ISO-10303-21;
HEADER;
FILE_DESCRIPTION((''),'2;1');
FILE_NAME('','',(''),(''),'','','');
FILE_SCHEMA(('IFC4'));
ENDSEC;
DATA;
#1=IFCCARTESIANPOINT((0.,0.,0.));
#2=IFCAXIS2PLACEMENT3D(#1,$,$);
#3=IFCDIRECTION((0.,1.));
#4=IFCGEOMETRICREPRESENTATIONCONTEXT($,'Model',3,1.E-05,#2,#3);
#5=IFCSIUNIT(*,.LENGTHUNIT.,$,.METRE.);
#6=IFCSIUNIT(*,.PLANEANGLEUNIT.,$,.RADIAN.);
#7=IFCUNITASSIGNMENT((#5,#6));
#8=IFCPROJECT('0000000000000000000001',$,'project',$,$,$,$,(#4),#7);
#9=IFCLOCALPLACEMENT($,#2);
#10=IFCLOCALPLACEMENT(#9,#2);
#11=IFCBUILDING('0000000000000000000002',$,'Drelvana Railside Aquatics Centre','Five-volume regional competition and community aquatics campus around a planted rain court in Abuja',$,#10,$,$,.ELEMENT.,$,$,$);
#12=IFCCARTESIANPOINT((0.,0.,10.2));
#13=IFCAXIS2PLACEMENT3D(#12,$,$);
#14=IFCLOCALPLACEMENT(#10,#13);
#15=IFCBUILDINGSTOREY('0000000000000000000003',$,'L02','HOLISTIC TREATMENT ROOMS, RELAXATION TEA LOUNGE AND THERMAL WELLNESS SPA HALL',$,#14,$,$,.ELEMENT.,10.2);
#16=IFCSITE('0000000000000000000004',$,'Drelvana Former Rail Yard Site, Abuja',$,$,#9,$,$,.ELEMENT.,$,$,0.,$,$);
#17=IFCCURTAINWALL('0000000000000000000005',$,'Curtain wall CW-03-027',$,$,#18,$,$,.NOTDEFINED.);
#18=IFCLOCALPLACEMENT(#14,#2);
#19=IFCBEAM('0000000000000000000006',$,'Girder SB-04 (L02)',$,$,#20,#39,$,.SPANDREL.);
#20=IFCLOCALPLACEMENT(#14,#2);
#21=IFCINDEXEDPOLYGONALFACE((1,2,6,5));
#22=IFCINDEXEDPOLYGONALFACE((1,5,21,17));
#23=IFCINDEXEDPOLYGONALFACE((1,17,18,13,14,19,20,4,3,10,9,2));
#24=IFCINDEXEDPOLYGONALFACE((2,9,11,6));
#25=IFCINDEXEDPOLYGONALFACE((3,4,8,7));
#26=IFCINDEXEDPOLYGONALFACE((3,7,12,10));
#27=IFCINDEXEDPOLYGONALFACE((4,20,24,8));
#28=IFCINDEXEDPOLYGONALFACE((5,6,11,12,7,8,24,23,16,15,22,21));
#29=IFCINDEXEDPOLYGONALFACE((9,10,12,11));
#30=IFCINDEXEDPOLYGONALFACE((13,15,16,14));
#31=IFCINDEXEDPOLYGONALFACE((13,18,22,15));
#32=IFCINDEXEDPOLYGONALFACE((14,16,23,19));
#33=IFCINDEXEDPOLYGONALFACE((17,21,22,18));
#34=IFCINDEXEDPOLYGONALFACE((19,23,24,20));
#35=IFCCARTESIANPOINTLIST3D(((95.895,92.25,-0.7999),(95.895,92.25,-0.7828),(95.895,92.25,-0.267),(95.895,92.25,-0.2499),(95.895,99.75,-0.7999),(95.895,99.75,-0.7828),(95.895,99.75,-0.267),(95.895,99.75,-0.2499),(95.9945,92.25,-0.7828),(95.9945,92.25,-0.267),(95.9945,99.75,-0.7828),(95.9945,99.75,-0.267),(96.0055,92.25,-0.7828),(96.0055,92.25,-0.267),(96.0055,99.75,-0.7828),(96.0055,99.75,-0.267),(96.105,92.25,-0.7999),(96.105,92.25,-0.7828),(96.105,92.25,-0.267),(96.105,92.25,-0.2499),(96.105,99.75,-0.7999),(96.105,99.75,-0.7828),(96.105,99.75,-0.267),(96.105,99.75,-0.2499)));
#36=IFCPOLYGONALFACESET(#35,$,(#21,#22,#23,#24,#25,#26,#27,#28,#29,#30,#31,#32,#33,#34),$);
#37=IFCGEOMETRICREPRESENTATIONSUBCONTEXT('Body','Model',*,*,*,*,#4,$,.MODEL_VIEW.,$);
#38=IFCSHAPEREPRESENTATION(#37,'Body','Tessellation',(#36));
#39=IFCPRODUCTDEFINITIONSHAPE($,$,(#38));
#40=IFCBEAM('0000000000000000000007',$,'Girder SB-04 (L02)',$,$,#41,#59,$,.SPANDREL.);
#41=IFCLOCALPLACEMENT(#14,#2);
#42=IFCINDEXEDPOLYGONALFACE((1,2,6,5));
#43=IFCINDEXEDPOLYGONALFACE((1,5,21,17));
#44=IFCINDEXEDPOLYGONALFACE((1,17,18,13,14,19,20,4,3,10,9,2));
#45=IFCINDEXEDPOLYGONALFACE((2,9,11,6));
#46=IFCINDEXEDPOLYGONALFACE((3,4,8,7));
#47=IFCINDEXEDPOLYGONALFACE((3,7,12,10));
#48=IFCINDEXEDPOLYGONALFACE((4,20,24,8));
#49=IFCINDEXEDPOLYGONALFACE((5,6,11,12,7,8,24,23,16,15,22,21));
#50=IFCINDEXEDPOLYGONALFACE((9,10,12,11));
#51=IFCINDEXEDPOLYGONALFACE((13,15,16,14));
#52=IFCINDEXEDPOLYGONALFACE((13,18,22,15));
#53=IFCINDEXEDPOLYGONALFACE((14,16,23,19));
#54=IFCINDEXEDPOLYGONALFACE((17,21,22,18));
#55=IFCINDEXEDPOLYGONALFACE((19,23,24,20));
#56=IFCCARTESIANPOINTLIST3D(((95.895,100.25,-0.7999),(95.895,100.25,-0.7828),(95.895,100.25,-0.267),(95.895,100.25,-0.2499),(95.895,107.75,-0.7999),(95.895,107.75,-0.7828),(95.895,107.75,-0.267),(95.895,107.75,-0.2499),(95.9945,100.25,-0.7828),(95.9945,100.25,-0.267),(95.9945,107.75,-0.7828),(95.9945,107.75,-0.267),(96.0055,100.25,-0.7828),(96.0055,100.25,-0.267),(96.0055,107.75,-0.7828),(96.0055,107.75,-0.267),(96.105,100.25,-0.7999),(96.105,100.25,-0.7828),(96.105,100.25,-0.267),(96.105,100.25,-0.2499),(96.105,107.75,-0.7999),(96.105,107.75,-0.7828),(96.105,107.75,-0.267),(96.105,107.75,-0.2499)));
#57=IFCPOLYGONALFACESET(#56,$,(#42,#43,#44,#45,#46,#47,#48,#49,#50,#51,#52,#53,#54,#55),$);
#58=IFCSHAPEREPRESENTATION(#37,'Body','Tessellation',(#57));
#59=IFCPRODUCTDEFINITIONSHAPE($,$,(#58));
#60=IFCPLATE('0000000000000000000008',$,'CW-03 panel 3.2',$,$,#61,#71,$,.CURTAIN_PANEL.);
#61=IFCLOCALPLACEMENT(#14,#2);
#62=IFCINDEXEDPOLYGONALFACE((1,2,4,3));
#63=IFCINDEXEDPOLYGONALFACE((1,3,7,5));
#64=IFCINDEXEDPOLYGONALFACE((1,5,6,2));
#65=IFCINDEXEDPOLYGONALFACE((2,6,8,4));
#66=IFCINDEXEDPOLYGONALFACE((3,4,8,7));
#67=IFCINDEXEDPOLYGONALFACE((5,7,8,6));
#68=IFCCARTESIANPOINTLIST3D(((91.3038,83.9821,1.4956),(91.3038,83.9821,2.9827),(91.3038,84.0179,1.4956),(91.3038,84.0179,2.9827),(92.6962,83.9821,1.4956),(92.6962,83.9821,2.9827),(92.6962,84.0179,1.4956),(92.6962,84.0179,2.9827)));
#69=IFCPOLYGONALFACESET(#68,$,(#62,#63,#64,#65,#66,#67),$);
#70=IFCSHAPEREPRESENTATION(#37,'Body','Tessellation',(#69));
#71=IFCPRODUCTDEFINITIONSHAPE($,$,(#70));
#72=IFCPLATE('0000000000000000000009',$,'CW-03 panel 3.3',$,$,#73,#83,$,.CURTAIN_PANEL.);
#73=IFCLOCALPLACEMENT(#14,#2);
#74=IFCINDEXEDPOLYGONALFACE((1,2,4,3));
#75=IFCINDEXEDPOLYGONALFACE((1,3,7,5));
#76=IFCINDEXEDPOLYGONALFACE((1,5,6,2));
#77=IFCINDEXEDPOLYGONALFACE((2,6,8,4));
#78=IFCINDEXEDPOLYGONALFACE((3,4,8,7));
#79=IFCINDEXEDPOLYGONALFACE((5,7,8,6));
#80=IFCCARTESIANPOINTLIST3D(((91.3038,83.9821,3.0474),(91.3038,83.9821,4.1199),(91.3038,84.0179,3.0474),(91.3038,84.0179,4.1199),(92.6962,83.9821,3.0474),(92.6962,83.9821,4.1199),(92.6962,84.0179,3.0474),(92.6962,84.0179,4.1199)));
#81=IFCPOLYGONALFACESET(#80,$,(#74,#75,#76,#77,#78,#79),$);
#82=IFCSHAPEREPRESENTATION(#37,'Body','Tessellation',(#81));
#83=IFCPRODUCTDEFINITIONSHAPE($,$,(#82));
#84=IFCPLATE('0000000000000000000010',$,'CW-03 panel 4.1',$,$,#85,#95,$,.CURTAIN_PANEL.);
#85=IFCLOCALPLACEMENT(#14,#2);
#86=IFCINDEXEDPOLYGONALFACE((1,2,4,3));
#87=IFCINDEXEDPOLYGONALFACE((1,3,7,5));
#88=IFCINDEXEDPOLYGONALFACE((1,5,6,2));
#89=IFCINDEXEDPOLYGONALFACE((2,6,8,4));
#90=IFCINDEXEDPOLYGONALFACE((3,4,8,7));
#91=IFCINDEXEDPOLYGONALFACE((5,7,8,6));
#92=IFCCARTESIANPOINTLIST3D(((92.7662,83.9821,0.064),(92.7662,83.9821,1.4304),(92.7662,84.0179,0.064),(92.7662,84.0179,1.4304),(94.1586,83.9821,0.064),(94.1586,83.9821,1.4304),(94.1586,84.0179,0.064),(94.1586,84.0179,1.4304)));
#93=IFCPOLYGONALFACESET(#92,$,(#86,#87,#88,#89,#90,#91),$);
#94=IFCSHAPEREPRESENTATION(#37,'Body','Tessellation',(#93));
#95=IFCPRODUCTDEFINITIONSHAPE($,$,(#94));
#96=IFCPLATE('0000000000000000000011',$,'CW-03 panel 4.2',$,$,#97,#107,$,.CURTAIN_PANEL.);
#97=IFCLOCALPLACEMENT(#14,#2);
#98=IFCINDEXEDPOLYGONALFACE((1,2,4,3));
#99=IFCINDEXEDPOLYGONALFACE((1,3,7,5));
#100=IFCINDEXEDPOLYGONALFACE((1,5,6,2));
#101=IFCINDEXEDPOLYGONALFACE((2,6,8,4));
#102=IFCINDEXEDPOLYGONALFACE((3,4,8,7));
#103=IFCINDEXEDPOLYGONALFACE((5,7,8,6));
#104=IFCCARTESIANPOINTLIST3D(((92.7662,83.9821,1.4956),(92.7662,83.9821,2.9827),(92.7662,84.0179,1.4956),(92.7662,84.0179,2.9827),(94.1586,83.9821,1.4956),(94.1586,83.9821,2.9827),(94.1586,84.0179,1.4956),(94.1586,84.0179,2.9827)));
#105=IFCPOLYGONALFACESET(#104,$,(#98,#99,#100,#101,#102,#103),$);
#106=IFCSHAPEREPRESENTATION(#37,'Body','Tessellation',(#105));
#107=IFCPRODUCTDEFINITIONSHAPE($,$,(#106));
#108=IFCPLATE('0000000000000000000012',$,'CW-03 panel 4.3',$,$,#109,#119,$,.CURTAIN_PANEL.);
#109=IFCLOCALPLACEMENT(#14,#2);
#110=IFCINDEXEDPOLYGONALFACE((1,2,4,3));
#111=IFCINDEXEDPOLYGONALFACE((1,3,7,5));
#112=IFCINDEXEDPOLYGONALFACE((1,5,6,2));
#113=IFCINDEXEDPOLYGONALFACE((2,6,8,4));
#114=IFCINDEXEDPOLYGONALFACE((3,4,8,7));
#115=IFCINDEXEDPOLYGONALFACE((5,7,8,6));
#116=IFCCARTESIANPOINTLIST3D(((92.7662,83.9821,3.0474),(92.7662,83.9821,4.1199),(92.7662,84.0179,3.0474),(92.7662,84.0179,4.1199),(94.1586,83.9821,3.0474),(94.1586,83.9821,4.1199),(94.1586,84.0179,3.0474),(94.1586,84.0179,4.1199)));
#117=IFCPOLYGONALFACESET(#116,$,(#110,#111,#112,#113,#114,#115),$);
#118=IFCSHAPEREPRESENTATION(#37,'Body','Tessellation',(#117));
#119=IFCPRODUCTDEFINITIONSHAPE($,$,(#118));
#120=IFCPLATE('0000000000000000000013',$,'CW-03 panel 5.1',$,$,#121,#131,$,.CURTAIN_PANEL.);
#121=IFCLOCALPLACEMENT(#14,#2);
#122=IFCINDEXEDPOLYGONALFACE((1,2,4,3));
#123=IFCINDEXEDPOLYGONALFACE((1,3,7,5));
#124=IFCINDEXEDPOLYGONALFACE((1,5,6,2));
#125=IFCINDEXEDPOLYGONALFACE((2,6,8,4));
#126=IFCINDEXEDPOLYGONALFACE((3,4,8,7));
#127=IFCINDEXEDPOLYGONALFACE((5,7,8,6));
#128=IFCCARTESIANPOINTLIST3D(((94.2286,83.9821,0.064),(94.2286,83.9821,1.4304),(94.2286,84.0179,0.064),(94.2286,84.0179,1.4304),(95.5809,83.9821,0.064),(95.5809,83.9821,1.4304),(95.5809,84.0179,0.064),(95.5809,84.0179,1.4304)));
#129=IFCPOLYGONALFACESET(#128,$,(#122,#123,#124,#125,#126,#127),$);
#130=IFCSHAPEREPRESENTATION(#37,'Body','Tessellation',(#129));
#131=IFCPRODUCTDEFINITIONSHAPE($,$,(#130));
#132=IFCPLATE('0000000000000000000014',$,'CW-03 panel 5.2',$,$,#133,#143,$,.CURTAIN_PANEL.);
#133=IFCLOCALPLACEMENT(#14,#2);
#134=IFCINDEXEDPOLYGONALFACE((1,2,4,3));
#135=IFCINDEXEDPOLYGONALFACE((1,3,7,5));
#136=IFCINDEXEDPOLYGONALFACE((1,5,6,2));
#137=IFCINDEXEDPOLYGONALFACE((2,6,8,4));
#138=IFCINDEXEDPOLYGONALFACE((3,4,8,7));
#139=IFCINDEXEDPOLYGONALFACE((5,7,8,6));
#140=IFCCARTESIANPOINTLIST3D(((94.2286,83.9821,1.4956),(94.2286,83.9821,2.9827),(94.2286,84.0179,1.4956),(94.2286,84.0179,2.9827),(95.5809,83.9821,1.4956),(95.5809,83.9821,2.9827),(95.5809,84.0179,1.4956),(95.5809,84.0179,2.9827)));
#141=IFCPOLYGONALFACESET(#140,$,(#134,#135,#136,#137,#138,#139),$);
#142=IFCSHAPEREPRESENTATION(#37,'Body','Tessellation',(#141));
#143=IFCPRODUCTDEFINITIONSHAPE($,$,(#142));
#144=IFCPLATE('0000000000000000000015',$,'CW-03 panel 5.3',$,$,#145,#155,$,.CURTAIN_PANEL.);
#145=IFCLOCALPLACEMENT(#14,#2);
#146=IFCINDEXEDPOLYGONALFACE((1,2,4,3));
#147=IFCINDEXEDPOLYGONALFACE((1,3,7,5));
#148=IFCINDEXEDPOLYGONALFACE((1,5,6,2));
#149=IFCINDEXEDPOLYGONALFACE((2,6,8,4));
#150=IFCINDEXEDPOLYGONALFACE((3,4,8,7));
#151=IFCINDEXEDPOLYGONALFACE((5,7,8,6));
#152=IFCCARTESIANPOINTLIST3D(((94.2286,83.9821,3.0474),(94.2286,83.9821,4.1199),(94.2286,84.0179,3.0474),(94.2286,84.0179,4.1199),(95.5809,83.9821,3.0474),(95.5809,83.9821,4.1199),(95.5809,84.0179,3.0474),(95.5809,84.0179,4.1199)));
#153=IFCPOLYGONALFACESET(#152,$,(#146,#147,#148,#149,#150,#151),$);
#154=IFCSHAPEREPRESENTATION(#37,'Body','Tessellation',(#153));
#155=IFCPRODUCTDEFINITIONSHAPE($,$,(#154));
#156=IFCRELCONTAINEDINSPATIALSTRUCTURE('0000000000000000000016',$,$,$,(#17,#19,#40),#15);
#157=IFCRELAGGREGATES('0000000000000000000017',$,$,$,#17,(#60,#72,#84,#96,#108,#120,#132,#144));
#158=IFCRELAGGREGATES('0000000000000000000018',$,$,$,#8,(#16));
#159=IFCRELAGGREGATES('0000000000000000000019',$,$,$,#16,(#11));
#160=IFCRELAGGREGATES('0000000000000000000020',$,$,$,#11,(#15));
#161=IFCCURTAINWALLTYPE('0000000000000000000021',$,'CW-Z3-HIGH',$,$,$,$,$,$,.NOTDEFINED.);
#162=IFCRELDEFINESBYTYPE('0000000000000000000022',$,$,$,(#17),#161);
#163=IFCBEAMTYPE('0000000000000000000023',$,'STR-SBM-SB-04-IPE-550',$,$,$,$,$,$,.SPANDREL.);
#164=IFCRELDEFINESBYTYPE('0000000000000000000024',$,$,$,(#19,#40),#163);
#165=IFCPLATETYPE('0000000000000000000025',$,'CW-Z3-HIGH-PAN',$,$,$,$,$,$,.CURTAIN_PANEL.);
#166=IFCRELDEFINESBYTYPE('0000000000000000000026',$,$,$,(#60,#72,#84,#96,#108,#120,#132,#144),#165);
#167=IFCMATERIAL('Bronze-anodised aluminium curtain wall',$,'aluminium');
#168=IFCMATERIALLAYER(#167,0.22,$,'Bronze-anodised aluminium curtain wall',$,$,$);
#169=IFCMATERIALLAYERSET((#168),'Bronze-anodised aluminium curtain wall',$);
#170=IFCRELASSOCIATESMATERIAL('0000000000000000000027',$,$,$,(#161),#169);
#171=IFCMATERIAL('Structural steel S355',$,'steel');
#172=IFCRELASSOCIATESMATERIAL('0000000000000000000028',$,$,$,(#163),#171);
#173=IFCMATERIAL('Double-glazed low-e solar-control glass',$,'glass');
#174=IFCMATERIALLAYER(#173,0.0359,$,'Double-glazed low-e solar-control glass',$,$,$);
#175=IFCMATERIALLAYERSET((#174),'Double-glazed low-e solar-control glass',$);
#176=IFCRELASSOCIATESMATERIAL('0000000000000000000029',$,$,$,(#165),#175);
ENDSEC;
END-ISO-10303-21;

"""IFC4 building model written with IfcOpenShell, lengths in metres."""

from ifc_helpers import new_model, si_unit, direction, frame, origin, origin_2d, place, context, subcontext, project, spatial, rectangle, i_section, extrude, material, layer, layer_set, material_profile, profile_set, type_object, element, aggregate, save


model = new_model("IFC4")

# Units and contexts
model_context = context("Model", 3, precision=1e-05, world=origin(), true_north=direction((0.0, 1.0)))
body_context = subcontext(model_context, "Body", "Model", "MODEL_VIEW")
ifc_project = project(units=[si_unit("LENGTHUNIT", "METRE"), si_unit("PLANEANGLEUNIT", "RADIAN")], contexts=[model_context])

# Site, building, storey
site_placement = place(None, origin())
site = spatial("IfcSite", under=ifc_project, at=site_placement, Name="Drelvana Former Rail Yard Site, Abuja", CompositionType="ELEMENT", RefElevation=0.0)
building_placement = place(site_placement, origin())
building = spatial("IfcBuilding", under=site, at=building_placement, Name="Drelvana Railside Aquatics Centre", Description="Five-volume regional competition and community aquatics campus around a planted rain court in Abuja", CompositionType="ELEMENT")
storey_placement = place(building_placement, frame((0.0, 0.0, 10.2)))
storey = spatial("IfcBuildingStorey", under=building, at=storey_placement, Name="L02", Description="HOLISTIC TREATMENT ROOMS, RELAXATION TEA LOUNGE AND THERMAL WELLNESS SPA HALL", CompositionType="ELEMENT", Elevation=10.2)

# Curtain wall
ifc_material_1 = material(Name="Bronze-anodised aluminium curtain wall", Category="aluminium")
ifc_layer_1 = layer(ifc_material_1, 0.22, Name="Bronze-anodised aluminium curtain wall")
ifc_layer_set_1 = layer_set([ifc_layer_1], Name="Bronze-anodised aluminium curtain wall")
curtain_wall_type = type_object("IfcCurtainWallType", Name="CW-Z3-HIGH", PredefinedType="NOTDEFINED", material=ifc_layer_set_1)
curtain_wall_placement = place(storey_placement, origin())
curtain_wall = element("IfcCurtainWall", 1, at=curtain_wall_placement, inside=storey, type_object=curtain_wall_type, Name="Curtain wall CW-03-027", PredefinedType="NOTDEFINED")

# Beams
ifc_material_2 = material(Name="Structural steel S355", Category="steel")
ifc_material_profile_1 = material_profile(ifc_material_2, i_section(OverallWidth=0.21, OverallDepth=0.55, WebThickness=0.011, FlangeThickness=0.0171, at=origin_2d()), Name="IPE 550")
ifc_profile_set_1 = profile_set([ifc_material_profile_1], Name="Structural steel S355")
beam_type = type_object("IfcBeamType", Name="STR-SBM-SB-04-IPE-550", PredefinedType="SPANDREL", material=ifc_profile_set_1)
for number, where, z_axis, x_axis, name in (
    (2, (96.0, 92.25, -0.5249), (0.0, 1.0, 0.0), (-1.0, 0.0, 0.0), "Girder SB-04 (L02)"),
    (3, (96.0, 100.25, -0.5249), (0.0, 1.0, 0.0), (-1.0, 0.0, 0.0), "Girder SB-04 (L02)"),
):
    element("IfcBeam", number, at=place(storey_placement, frame(where, z_axis=z_axis, x_axis=x_axis)), inside=storey, type_object=beam_type, Name=name, PredefinedType="SPANDREL", context=body_context, shape_type="SweptSolid", body=[
        extrude(i_section(OverallWidth=0.21, OverallDepth=0.55, WebThickness=0.011, FlangeThickness=0.0171, at=origin_2d()), origin(), (0.0, 0.0, 1.0), 7.5),
    ])

# Plates
ifc_material_3 = material(Name="Double-glazed low-e solar-control glass", Category="glass")
ifc_layer_2 = layer(ifc_material_3, 0.0359, Name="Double-glazed low-e solar-control glass")
ifc_layer_set_2 = layer_set([ifc_layer_2], Name="Double-glazed low-e solar-control glass")
plate_type = type_object("IfcPlateType", Name="CW-Z3-HIGH-PAN", PredefinedType="CURTAIN_PANEL", material=ifc_layer_set_2)
plate_1_placement = place(storey_placement, frame((92.0, 84.0, 1.4956), z_axis=(0.0, 0.0, 1.0), x_axis=(1.0, 0.0, 0.0)))
plate_1 = element("IfcPlate", 4, at=plate_1_placement, type_object=plate_type, Name="CW-03 panel 3.2", PredefinedType="CURTAIN_PANEL", context=body_context, shape_type="SweptSolid", body=[
    extrude(rectangle(XDim=1.3923, YDim=0.0359, at=origin_2d()), origin(), (0.0, 0.0, 1.0), 1.4871),
])
plate_2_placement = place(storey_placement, frame((92.0, 84.0, 3.0474), z_axis=(0.0, 0.0, 1.0), x_axis=(1.0, 0.0, 0.0)))
plate_2 = element("IfcPlate", 5, at=plate_2_placement, type_object=plate_type, Name="CW-03 panel 3.3", PredefinedType="CURTAIN_PANEL", context=body_context, shape_type="SweptSolid", body=[
    extrude(rectangle(XDim=1.3923, YDim=0.0359, at=origin_2d()), origin(), (0.0, 0.0, 1.0), 1.0725),
])
plate_3_placement = place(storey_placement, frame((93.4624, 84.0, 0.064), z_axis=(0.0, 0.0, 1.0), x_axis=(1.0, 0.0, 0.0)))
plate_3 = element("IfcPlate", 6, at=plate_3_placement, type_object=plate_type, Name="CW-03 panel 4.1", PredefinedType="CURTAIN_PANEL", context=body_context, shape_type="SweptSolid", body=[
    extrude(rectangle(XDim=1.3923, YDim=0.0359, at=origin_2d()), origin(), (0.0, 0.0, 1.0), 1.3665),
])
plate_4_placement = place(storey_placement, frame((93.4624, 84.0, 1.4956), z_axis=(0.0, 0.0, 1.0), x_axis=(1.0, 0.0, 0.0)))
plate_4 = element("IfcPlate", 7, at=plate_4_placement, type_object=plate_type, Name="CW-03 panel 4.2", PredefinedType="CURTAIN_PANEL", context=body_context, shape_type="SweptSolid", body=[
    extrude(rectangle(XDim=1.3923, YDim=0.0359, at=origin_2d()), origin(), (0.0, 0.0, 1.0), 1.4871),
])
plate_5_placement = place(storey_placement, frame((93.4624, 84.0, 3.0474), z_axis=(0.0, 0.0, 1.0), x_axis=(1.0, 0.0, 0.0)))
plate_5 = element("IfcPlate", 8, at=plate_5_placement, type_object=plate_type, Name="CW-03 panel 4.3", PredefinedType="CURTAIN_PANEL", context=body_context, shape_type="SweptSolid", body=[
    extrude(rectangle(XDim=1.3923, YDim=0.0359, at=origin_2d()), origin(), (0.0, 0.0, 1.0), 1.0725),
])
plate_6_placement = place(storey_placement, frame((94.9048, 84.0, 0.064), z_axis=(0.0, 0.0, 1.0), x_axis=(1.0, 0.0, 0.0)))
plate_6 = element("IfcPlate", 9, at=plate_6_placement, type_object=plate_type, Name="CW-03 panel 5.1", PredefinedType="CURTAIN_PANEL", context=body_context, shape_type="SweptSolid", body=[
    extrude(rectangle(XDim=1.3523, YDim=0.0359, at=origin_2d()), origin(), (0.0, 0.0, 1.0), 1.3665),
])
plate_7_placement = place(storey_placement, frame((94.9048, 84.0, 1.4956), z_axis=(0.0, 0.0, 1.0), x_axis=(1.0, 0.0, 0.0)))
plate_7 = element("IfcPlate", 10, at=plate_7_placement, type_object=plate_type, Name="CW-03 panel 5.2", PredefinedType="CURTAIN_PANEL", context=body_context, shape_type="SweptSolid", body=[
    extrude(rectangle(XDim=1.3523, YDim=0.0359, at=origin_2d()), origin(), (0.0, 0.0, 1.0), 1.4871),
])
plate_8_placement = place(storey_placement, frame((94.9048, 84.0, 3.0474), z_axis=(0.0, 0.0, 1.0), x_axis=(1.0, 0.0, 0.0)))
plate_8 = element("IfcPlate", 11, at=plate_8_placement, type_object=plate_type, Name="CW-03 panel 5.3", PredefinedType="CURTAIN_PANEL", context=body_context, shape_type="SweptSolid", body=[
    extrude(rectangle(XDim=1.3523, YDim=0.0359, at=origin_2d()), origin(), (0.0, 0.0, 1.0), 1.0725),
])
aggregate(curtain_wall, [plate_1, plate_2, plate_3, plate_4, plate_5, plate_6, plate_7, plate_8])

save(model, "model.ifc")
